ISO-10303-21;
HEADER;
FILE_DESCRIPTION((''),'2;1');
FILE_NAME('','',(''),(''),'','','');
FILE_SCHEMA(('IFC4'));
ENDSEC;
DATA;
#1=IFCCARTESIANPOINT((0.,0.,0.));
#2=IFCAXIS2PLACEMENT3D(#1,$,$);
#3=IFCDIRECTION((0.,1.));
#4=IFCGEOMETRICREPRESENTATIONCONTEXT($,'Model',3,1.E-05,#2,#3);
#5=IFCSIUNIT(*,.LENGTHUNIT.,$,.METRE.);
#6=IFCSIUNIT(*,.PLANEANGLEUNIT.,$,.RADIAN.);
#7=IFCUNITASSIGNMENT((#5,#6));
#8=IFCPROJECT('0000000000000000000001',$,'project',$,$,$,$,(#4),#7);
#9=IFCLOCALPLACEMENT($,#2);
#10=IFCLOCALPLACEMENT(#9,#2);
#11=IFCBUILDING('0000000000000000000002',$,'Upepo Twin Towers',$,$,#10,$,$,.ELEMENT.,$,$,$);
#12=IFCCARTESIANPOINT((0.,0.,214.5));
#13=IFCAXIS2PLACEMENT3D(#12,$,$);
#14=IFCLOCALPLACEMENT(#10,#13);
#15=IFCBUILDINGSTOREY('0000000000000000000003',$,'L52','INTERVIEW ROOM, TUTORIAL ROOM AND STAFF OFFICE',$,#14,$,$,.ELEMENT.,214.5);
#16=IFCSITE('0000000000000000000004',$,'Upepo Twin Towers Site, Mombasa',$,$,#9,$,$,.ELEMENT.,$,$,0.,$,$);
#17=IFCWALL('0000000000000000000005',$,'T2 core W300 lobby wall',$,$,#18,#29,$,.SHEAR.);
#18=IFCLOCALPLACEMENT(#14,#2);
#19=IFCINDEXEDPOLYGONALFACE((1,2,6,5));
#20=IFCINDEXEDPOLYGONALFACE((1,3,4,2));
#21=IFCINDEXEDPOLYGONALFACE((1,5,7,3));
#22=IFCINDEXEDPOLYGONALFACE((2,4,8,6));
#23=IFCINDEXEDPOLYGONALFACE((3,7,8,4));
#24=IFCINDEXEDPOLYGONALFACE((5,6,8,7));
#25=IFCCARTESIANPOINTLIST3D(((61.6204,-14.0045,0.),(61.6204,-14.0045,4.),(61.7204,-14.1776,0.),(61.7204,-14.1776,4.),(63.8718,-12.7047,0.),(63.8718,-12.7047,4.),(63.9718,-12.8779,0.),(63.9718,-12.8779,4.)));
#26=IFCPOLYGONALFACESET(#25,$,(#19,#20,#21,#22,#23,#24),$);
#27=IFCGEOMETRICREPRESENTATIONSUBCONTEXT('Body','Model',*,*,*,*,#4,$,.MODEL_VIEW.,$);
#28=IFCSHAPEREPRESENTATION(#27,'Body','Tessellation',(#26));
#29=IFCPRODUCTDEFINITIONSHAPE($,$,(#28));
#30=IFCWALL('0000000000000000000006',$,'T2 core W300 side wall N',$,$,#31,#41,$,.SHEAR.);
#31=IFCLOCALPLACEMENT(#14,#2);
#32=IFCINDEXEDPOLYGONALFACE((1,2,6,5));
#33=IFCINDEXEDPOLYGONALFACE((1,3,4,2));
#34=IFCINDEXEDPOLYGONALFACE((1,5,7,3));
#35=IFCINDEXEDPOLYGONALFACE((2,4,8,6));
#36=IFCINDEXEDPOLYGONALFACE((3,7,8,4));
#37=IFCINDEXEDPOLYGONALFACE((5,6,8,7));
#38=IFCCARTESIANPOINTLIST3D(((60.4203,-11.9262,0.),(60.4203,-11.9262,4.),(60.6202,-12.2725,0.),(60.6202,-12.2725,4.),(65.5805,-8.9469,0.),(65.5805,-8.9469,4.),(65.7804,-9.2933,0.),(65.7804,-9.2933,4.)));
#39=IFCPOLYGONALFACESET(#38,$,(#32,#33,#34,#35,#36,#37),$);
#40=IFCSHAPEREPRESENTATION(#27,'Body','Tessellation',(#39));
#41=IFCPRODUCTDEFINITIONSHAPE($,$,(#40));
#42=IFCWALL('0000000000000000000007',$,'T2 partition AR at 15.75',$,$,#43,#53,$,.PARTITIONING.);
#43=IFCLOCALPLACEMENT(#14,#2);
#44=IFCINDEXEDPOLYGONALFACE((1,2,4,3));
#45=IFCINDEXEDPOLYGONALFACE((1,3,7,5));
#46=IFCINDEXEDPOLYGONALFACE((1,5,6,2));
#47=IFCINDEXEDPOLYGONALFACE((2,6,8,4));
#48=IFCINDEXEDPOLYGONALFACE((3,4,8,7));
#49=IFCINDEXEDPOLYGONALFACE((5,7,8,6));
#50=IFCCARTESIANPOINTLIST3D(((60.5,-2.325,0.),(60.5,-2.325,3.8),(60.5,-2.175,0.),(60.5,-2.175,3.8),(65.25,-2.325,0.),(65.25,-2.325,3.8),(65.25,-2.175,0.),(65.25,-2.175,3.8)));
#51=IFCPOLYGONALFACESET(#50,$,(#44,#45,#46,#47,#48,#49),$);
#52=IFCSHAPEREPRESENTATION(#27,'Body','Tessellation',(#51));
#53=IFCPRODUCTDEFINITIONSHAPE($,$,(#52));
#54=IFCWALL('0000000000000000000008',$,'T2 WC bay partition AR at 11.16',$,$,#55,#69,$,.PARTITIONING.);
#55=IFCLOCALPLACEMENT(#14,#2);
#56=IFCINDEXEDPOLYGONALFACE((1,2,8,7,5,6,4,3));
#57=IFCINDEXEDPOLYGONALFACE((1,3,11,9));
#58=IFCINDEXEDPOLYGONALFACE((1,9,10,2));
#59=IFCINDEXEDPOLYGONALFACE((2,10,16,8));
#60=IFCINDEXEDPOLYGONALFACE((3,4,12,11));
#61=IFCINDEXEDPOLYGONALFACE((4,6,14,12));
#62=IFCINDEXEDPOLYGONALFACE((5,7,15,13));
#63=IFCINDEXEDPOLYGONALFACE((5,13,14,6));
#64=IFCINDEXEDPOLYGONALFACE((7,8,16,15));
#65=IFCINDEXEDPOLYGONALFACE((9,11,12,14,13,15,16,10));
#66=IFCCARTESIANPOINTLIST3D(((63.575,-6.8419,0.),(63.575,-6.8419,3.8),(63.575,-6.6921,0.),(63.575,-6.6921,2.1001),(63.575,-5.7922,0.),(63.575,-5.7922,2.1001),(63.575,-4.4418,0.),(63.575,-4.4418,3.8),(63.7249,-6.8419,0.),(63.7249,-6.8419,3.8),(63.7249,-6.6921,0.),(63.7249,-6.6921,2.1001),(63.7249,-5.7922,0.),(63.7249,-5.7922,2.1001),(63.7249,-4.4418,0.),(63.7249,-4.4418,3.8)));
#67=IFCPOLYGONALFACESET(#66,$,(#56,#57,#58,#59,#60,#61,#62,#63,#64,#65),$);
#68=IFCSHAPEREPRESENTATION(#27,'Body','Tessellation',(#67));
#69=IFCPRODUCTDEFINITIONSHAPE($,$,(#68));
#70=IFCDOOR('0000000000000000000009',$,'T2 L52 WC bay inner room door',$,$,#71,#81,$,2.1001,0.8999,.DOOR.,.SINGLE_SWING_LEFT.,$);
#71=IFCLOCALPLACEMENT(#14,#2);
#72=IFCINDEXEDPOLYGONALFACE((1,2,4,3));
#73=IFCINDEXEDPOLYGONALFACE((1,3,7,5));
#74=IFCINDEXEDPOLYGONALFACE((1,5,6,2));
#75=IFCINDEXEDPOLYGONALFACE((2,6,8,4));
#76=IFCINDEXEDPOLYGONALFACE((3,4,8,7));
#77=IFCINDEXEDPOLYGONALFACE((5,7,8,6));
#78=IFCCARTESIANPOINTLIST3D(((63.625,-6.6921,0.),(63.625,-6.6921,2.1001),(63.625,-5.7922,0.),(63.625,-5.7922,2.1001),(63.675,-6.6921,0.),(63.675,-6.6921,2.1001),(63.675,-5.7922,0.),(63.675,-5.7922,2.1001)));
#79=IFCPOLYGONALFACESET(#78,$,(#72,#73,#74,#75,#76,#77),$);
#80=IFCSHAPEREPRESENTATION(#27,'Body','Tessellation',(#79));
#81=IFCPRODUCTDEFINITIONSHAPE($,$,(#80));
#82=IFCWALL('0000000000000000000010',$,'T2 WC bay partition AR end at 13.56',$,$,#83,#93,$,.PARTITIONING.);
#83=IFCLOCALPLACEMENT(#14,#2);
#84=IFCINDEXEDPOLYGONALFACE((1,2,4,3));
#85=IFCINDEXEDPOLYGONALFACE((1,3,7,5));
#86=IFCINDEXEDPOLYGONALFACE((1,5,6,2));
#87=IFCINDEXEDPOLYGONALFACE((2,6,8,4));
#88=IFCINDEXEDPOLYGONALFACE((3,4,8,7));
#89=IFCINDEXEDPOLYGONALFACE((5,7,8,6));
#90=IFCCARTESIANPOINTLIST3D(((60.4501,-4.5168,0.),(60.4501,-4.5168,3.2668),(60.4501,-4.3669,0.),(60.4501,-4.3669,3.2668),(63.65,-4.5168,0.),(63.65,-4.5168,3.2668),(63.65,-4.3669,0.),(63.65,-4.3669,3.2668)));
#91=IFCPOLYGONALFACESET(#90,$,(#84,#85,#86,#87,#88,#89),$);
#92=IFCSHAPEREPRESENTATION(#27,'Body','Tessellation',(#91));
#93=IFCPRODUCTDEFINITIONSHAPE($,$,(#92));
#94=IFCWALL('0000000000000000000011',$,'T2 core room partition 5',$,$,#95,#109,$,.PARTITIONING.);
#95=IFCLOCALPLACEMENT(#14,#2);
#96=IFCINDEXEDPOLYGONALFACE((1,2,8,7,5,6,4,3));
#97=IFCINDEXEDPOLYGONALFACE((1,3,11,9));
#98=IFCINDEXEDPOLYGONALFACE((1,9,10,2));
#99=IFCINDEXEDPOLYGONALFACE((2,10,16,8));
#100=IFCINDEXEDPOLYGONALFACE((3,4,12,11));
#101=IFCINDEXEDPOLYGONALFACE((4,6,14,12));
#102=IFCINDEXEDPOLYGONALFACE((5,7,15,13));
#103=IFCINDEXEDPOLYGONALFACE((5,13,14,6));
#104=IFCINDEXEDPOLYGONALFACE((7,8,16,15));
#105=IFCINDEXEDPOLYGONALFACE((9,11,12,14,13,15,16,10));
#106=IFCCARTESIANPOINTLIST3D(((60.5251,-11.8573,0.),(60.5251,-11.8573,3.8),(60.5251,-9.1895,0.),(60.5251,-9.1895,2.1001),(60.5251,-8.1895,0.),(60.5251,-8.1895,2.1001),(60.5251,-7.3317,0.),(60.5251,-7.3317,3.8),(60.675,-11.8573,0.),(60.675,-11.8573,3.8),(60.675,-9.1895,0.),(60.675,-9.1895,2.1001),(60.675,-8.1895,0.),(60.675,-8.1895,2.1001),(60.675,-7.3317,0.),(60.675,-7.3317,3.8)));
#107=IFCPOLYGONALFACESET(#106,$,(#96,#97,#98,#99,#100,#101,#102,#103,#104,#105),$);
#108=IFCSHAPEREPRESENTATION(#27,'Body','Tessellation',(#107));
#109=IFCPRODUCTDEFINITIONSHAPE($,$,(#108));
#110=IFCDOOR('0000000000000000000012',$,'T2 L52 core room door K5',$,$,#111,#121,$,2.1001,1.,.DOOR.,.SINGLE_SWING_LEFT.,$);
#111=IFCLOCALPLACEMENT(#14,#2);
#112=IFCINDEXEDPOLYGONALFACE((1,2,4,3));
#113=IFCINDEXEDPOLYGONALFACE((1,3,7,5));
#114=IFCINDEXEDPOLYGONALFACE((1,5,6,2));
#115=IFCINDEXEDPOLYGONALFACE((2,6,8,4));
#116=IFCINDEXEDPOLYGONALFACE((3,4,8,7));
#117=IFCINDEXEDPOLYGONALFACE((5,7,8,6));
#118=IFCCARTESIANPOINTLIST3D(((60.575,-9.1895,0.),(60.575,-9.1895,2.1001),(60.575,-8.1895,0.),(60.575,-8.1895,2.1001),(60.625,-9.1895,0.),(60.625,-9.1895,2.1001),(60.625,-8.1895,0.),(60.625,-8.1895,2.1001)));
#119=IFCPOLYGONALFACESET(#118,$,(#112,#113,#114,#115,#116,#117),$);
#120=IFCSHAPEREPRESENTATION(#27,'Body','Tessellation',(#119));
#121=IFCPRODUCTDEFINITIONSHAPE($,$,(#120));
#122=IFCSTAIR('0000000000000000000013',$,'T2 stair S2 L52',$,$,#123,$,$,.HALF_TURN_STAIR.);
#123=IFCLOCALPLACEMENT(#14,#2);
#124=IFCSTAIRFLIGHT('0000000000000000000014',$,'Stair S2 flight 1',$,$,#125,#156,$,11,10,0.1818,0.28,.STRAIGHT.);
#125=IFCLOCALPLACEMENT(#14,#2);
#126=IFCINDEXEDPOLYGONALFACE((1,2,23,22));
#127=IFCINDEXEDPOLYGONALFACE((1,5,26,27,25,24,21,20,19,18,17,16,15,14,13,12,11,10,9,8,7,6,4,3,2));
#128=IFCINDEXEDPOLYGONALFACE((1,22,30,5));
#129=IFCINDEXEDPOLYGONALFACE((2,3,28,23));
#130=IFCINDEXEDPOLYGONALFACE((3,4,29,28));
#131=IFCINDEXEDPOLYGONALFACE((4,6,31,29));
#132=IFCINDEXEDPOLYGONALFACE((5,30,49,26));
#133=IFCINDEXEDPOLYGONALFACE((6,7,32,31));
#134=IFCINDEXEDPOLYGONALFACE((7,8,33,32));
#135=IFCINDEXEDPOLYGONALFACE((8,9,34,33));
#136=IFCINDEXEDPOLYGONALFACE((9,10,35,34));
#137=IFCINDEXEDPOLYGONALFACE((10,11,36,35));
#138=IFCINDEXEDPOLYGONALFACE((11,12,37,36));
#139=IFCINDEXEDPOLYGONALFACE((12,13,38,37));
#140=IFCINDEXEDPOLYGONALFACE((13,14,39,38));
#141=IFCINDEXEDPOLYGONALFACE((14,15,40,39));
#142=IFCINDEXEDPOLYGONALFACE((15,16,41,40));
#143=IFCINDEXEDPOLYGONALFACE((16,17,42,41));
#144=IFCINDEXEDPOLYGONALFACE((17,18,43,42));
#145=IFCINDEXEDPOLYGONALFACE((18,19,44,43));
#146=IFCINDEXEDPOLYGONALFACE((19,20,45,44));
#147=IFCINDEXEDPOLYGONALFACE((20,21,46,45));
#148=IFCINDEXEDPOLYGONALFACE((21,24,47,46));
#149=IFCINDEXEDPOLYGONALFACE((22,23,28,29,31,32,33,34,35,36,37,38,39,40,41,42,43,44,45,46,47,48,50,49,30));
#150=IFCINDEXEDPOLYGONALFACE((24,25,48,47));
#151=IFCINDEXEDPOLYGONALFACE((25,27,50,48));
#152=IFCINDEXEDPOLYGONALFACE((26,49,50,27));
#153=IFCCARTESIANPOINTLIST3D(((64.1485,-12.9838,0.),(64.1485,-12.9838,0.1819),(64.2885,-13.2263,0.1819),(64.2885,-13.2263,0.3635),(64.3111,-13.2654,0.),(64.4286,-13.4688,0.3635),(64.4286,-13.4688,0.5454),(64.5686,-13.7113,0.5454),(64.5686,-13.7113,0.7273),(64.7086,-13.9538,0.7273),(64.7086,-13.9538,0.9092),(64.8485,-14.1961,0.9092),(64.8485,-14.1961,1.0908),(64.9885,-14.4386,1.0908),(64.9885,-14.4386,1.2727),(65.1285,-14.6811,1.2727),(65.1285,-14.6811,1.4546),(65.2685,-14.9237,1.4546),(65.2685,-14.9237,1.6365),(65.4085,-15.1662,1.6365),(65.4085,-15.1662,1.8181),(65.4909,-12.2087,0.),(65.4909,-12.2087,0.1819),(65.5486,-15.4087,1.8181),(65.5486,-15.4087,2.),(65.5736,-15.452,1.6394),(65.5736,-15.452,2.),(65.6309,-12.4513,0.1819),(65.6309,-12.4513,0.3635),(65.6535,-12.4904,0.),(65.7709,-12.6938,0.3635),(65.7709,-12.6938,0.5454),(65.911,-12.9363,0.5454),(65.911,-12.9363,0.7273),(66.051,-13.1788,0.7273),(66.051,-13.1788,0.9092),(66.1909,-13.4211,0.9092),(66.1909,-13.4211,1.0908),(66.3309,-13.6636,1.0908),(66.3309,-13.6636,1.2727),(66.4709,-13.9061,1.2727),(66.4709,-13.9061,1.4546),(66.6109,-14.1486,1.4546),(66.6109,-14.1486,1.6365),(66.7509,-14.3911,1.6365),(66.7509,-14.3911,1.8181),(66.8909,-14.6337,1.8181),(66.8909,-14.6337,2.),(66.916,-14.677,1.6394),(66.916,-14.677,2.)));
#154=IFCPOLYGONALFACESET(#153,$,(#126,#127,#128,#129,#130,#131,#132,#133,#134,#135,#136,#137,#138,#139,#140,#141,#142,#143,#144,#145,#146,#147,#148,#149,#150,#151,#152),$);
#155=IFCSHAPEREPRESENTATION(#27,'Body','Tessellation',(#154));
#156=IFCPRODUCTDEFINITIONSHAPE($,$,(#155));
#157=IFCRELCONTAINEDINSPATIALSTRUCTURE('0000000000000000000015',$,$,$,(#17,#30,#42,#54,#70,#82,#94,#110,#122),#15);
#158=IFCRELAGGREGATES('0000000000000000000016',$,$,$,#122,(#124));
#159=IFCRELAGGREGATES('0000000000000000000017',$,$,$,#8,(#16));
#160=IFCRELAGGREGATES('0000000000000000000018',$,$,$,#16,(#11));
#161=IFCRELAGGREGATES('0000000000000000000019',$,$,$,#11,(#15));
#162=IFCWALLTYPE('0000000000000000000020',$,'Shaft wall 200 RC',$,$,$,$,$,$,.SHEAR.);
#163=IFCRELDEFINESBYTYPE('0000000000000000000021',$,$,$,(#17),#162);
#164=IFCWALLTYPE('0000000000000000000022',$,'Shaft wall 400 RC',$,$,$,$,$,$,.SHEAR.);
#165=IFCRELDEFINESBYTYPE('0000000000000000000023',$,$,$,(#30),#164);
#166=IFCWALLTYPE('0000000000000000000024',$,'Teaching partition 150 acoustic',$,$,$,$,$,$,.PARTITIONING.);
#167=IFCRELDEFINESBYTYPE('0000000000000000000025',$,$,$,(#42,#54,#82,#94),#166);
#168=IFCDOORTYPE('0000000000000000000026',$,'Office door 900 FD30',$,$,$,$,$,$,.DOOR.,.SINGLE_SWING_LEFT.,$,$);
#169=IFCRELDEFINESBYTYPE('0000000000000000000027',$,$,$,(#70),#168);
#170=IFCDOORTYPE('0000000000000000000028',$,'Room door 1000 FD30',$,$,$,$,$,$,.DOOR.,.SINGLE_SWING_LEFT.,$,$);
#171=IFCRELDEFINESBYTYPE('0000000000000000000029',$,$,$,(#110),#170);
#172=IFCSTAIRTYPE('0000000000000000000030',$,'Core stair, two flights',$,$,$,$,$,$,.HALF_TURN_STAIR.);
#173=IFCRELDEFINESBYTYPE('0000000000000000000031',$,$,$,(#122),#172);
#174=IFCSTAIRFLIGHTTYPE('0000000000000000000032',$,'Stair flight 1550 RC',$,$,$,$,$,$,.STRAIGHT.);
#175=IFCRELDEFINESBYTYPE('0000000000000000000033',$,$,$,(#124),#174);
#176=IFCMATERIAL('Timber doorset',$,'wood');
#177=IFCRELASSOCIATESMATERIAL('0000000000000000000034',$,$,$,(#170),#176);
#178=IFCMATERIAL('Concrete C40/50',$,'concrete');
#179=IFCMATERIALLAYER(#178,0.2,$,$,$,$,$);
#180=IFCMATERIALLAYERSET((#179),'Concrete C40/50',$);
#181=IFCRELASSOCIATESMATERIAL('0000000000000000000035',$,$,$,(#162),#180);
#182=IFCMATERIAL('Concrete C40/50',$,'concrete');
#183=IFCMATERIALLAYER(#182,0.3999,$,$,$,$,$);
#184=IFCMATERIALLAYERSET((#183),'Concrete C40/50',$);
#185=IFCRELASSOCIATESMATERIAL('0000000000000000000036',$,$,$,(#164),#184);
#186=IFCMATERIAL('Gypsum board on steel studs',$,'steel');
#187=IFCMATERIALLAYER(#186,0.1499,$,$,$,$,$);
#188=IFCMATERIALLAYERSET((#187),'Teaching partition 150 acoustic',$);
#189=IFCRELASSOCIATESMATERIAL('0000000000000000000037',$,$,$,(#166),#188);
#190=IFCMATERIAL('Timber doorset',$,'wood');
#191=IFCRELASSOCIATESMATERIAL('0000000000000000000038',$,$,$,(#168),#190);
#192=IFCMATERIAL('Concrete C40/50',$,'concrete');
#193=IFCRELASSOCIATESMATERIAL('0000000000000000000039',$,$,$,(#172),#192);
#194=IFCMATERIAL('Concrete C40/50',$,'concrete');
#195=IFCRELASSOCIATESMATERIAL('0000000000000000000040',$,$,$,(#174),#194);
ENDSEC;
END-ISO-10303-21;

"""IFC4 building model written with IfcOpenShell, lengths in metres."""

from ifc_helpers import new_model, si_unit, direction, frame, frame_2d, origin, place, context, subcontext, project, spatial, polyline, rectangle, outline, extrude, material, layer, layer_set, type_object, element, fill, aggregate, save


model = new_model("IFC4")

# Units and contexts
model_context = context("Model", 3, precision=1e-05, world=origin(), true_north=direction((0.0, 1.0)))
body_context = subcontext(model_context, "Body", "Model", "MODEL_VIEW")
ifc_project = project(units=[si_unit("LENGTHUNIT", "METRE"), si_unit("PLANEANGLEUNIT", "RADIAN")], contexts=[model_context])

# Site, building, storey
site_placement = place(None, origin())
site = spatial("IfcSite", under=ifc_project, at=site_placement, Name="Upepo Twin Towers Site, Mombasa", CompositionType="ELEMENT", RefElevation=0.0)
building_placement = place(site_placement, origin())
building = spatial("IfcBuilding", under=site, at=building_placement, Name="Upepo Twin Towers", CompositionType="ELEMENT")
storey_placement = place(building_placement, frame((0.0, 0.0, 214.5)))
storey = spatial("IfcBuildingStorey", under=building, at=storey_placement, Name="L52", Description="INTERVIEW ROOM, TUTORIAL ROOM AND STAFF OFFICE", CompositionType="ELEMENT", Elevation=214.5)

# Shared definitions
ifc_material_1 = material(Name="Timber doorset", Category="wood")
door_type_1 = type_object("IfcDoorType", Name="Room door 1000 FD30", OperationType="SINGLE_SWING_LEFT", PredefinedType="DOOR", material=ifc_material_1)

# Walls
ifc_material_2 = material(Name="Concrete C40/50", Category="concrete")
ifc_layer_1 = layer(ifc_material_2, 0.2)
ifc_layer_set_1 = layer_set([ifc_layer_1], Name="Concrete C40/50")
wall_type_1 = type_object("IfcWallType", Name="Shaft wall 200 RC", PredefinedType="SHEAR", material=ifc_layer_set_1)
wall_1_placement = place(storey_placement, frame((61.6704, -14.0911, 0.0), z_axis=(0.0, 0.0, 1.0), x_axis=(0.866039, 0.499977, 0.0)))
element("IfcWall", 1, at=wall_1_placement, inside=storey, type_object=wall_type_1, Name="T2 core W300 lobby wall", PredefinedType="SHEAR", context=body_context, shape_type="SweptSolid", body=[
    extrude(rectangle(XDim=2.5996, YDim=0.2, at=frame_2d((1.2998, 0.0))), origin(), (0.0, 0.0, 1.0), 4.0),
])
ifc_material_3 = material(Name="Concrete C40/50", Category="concrete")
ifc_layer_2 = layer(ifc_material_3, 0.3999)
ifc_layer_set_2 = layer_set([ifc_layer_2], Name="Concrete C40/50")
wall_type_2 = type_object("IfcWallType", Name="Shaft wall 400 RC", PredefinedType="SHEAR", material=ifc_layer_set_2)
wall_2_placement = place(storey_placement, frame((60.5203, -12.0994, 0.0), z_axis=(0.0, 0.0, 1.0), x_axis=(0.866023, 0.500004, 0.0)))
element("IfcWall", 2, at=wall_2_placement, inside=storey, type_object=wall_type_2, Name="T2 core W300 side wall N", PredefinedType="SHEAR", context=body_context, shape_type="SweptSolid", body=[
    extrude(rectangle(XDim=5.9585, YDim=0.3999, at=frame_2d((2.9792, 0.0))), origin(), (0.0, 0.0, 1.0), 4.0),
])
ifc_material_4 = material(Name="Gypsum board on steel studs", Category="steel")
ifc_layer_3 = layer(ifc_material_4, 0.1499)
ifc_layer_set_3 = layer_set([ifc_layer_3], Name="Teaching partition 150 acoustic")
wall_type_3 = type_object("IfcWallType", Name="Teaching partition 150 acoustic", PredefinedType="PARTITIONING", material=ifc_layer_set_3)
wall_3_placement = place(storey_placement, frame((60.5, -2.25, 0.0), z_axis=(0.0, 0.0, 1.0), x_axis=(1.0, 0.0, 0.0)))
element("IfcWall", 3, at=wall_3_placement, inside=storey, type_object=wall_type_3, Name="T2 partition AR at 15.75", PredefinedType="PARTITIONING", context=body_context, shape_type="SweptSolid", body=[
    extrude(rectangle(XDim=4.75, YDim=0.1499, at=frame_2d((2.375, 0.0))), origin(), (0.0, 0.0, 1.0), 3.8),
])

# Wall, opening, door
wall_4_placement = place(storey_placement, frame((63.6499, -6.842, 0.0), z_axis=(0.0, 0.0, 1.0), x_axis=(0.0, 1.0, 0.0)))
wall_4 = element("IfcWall", 4, at=wall_4_placement, inside=storey, type_object=wall_type_3, Name="T2 WC bay partition AR at 11.16", PredefinedType="PARTITIONING", context=body_context, shape_type="SweptSolid", body=[
    extrude(rectangle(XDim=2.4001, YDim=0.1499, at=frame_2d((1.2002, 0.0))), origin(), (0.0, 0.0, 1.0), 3.8),
])
opening_1_placement = place(wall_4_placement, frame((0.1499, 0.0, 0.0)))
opening_1 = element("IfcOpeningElement", 5, at=opening_1_placement, cuts=wall_4, PredefinedType="OPENING", context=body_context, shape_type="SweptSolid", body=[
    extrude(rectangle(XDim=0.8999, YDim=2.1001, at=frame_2d((0.45, 1.05))), frame((0.0, 0.085, 0.0), z_axis=(0.0, -1.0, 0.0), x_axis=(1.0, 0.0, 0.0)), (0.0, 0.0, 1.0), 0.1699),
])
ifc_material_5 = material(Name="Timber doorset", Category="wood")
door_type_2 = type_object("IfcDoorType", Name="Office door 900 FD30", OperationType="SINGLE_SWING_LEFT", PredefinedType="DOOR", material=ifc_material_5)
door_1_placement = place(opening_1_placement, origin())
door_1 = element("IfcDoor", 6, at=door_1_placement, inside=storey, type_object=door_type_2, Name="T2 L52 WC bay inner room door", OperationType="SINGLE_SWING_LEFT", OverallHeight=2.1001, OverallWidth=0.8999, PredefinedType="DOOR", context=body_context, shape_type="SweptSolid", body=[
    extrude(rectangle(XDim=0.8999, YDim=2.1001, at=frame_2d((0.45, 1.05))), frame((0.0, 0.0249, 0.0), z_axis=(0.0, -1.0, 0.0), x_axis=(1.0, 0.0, 0.0)), (0.0, 0.0, 1.0), 0.05),
])
fill(opening_1, door_1)

# Wall
wall_5_placement = place(storey_placement, frame((60.45, -4.4419, 0.0), z_axis=(0.0, 0.0, 1.0), x_axis=(1.0, 0.0, 0.0)))
element("IfcWall", 7, at=wall_5_placement, inside=storey, type_object=wall_type_3, Name="T2 WC bay partition AR end at 13.56", PredefinedType="PARTITIONING", context=body_context, shape_type="SweptSolid", body=[
    extrude(rectangle(XDim=3.2, YDim=0.1499, at=frame_2d((1.6001, 0.0))), origin(), (0.0, 0.0, 1.0), 3.2668),
])

# Wall, opening, door
wall_6_placement = place(storey_placement, frame((60.6001, -7.3318, 0.0), z_axis=(0.0, 0.0, 1.0), x_axis=(0.0, -1.0, 0.0)))
wall_6 = element("IfcWall", 8, at=wall_6_placement, inside=storey, type_object=wall_type_3, Name="T2 core room partition 5", PredefinedType="PARTITIONING", context=body_context, shape_type="SweptSolid", body=[
    extrude(rectangle(XDim=4.5256, YDim=0.1499, at=frame_2d((2.2627, 0.0))), origin(), (0.0, 0.0, 1.0), 3.8),
])
opening_2_placement = place(wall_6_placement, frame((0.8577, 0.0, 0.0)))
opening_2 = element("IfcOpeningElement", 9, at=opening_2_placement, cuts=wall_6, PredefinedType="OPENING", context=body_context, shape_type="SweptSolid", body=[
    extrude(rectangle(XDim=1.0, YDim=2.1001, at=frame_2d((0.5, 1.05))), frame((0.0, 0.085, 0.0), z_axis=(0.0, -1.0, 0.0), x_axis=(1.0, 0.0, 0.0)), (0.0, 0.0, 1.0), 0.1699),
])
door_2_placement = place(opening_2_placement, origin())
door_2 = element("IfcDoor", 10, at=door_2_placement, inside=storey, type_object=door_type_1, Name="T2 L52 core room door K5", OperationType="SINGLE_SWING_LEFT", OverallHeight=2.1001, OverallWidth=1.0, PredefinedType="DOOR", context=body_context, shape_type="SweptSolid", body=[
    extrude(rectangle(XDim=1.0, YDim=2.1001, at=frame_2d((0.5, 1.05))), frame((0.0, 0.0249, 0.0), z_axis=(0.0, -1.0, 0.0), x_axis=(1.0, 0.0, 0.0)), (0.0, 0.0, 1.0), 0.05),
])
fill(opening_2, door_2)

# Stair, stair flight
ifc_material_6 = material(Name="Concrete C40/50", Category="concrete")
stair_type = type_object("IfcStairType", Name="Core stair, two flights", PredefinedType="HALF_TURN_STAIR", material=ifc_material_6)
stair_placement = place(storey_placement, origin())
stair = element("IfcStair", 11, at=stair_placement, inside=storey, type_object=stair_type, Name="T2 stair S2 L52", PredefinedType="HALF_TURN_STAIR")
ifc_material_7 = material(Name="Concrete C40/50", Category="concrete")
stair_flight_type = type_object("IfcStairFlightType", Name="Stair flight 1550 RC", PredefinedType="STRAIGHT", material=ifc_material_7)
stair_flight_1_placement = place(storey_placement, frame((64.8198, -12.5962, 0.0), z_axis=(0.0, 0.0, 1.0), x_axis=(0.5, -0.866025, 0.0)))
stair_flight_1 = element("IfcStairFlight", 12, at=stair_flight_1_placement, type_object=stair_flight_type, Name="Stair S2 flight 1", NumberOfRisers=11, NumberOfTreads=10, PredefinedType="STRAIGHT", RiserHeight=0.1818, TreadLength=0.28, context=body_context, shape_type="SweptSolid", body=[
    extrude(outline(polyline([(0.0, 0.0), (0.0, 0.1819), (0.28, 0.1819), (0.28, 0.3635), (0.5601, 0.3635), (0.5601, 0.5454), (0.8401, 0.5454), (0.8401, 0.7273), (1.1201, 0.7273), (1.1201, 0.9092), (1.3999, 0.9092), (1.3999, 1.0908), (1.6799, 1.0908), (1.6799, 1.2727), (1.96, 1.2727), (1.96, 1.4546), (2.24, 1.4546), (2.24, 1.6365), (2.52, 1.6365), (2.52, 1.8181), (2.8, 1.8181), (2.8, 2.0), (2.8501, 2.0), (2.8501, 1.6394), (0.3252, 0.0), (0.0, 0.0)])), frame((0.0, 0.7749, 0.0), z_axis=(0.0, -1.0, 0.0), x_axis=(1.0, 0.0, 0.0)), (0.0, 0.0, 1.0), 1.55),
])
aggregate(stair, [stair_flight_1])

save(model, "model.ifc")
